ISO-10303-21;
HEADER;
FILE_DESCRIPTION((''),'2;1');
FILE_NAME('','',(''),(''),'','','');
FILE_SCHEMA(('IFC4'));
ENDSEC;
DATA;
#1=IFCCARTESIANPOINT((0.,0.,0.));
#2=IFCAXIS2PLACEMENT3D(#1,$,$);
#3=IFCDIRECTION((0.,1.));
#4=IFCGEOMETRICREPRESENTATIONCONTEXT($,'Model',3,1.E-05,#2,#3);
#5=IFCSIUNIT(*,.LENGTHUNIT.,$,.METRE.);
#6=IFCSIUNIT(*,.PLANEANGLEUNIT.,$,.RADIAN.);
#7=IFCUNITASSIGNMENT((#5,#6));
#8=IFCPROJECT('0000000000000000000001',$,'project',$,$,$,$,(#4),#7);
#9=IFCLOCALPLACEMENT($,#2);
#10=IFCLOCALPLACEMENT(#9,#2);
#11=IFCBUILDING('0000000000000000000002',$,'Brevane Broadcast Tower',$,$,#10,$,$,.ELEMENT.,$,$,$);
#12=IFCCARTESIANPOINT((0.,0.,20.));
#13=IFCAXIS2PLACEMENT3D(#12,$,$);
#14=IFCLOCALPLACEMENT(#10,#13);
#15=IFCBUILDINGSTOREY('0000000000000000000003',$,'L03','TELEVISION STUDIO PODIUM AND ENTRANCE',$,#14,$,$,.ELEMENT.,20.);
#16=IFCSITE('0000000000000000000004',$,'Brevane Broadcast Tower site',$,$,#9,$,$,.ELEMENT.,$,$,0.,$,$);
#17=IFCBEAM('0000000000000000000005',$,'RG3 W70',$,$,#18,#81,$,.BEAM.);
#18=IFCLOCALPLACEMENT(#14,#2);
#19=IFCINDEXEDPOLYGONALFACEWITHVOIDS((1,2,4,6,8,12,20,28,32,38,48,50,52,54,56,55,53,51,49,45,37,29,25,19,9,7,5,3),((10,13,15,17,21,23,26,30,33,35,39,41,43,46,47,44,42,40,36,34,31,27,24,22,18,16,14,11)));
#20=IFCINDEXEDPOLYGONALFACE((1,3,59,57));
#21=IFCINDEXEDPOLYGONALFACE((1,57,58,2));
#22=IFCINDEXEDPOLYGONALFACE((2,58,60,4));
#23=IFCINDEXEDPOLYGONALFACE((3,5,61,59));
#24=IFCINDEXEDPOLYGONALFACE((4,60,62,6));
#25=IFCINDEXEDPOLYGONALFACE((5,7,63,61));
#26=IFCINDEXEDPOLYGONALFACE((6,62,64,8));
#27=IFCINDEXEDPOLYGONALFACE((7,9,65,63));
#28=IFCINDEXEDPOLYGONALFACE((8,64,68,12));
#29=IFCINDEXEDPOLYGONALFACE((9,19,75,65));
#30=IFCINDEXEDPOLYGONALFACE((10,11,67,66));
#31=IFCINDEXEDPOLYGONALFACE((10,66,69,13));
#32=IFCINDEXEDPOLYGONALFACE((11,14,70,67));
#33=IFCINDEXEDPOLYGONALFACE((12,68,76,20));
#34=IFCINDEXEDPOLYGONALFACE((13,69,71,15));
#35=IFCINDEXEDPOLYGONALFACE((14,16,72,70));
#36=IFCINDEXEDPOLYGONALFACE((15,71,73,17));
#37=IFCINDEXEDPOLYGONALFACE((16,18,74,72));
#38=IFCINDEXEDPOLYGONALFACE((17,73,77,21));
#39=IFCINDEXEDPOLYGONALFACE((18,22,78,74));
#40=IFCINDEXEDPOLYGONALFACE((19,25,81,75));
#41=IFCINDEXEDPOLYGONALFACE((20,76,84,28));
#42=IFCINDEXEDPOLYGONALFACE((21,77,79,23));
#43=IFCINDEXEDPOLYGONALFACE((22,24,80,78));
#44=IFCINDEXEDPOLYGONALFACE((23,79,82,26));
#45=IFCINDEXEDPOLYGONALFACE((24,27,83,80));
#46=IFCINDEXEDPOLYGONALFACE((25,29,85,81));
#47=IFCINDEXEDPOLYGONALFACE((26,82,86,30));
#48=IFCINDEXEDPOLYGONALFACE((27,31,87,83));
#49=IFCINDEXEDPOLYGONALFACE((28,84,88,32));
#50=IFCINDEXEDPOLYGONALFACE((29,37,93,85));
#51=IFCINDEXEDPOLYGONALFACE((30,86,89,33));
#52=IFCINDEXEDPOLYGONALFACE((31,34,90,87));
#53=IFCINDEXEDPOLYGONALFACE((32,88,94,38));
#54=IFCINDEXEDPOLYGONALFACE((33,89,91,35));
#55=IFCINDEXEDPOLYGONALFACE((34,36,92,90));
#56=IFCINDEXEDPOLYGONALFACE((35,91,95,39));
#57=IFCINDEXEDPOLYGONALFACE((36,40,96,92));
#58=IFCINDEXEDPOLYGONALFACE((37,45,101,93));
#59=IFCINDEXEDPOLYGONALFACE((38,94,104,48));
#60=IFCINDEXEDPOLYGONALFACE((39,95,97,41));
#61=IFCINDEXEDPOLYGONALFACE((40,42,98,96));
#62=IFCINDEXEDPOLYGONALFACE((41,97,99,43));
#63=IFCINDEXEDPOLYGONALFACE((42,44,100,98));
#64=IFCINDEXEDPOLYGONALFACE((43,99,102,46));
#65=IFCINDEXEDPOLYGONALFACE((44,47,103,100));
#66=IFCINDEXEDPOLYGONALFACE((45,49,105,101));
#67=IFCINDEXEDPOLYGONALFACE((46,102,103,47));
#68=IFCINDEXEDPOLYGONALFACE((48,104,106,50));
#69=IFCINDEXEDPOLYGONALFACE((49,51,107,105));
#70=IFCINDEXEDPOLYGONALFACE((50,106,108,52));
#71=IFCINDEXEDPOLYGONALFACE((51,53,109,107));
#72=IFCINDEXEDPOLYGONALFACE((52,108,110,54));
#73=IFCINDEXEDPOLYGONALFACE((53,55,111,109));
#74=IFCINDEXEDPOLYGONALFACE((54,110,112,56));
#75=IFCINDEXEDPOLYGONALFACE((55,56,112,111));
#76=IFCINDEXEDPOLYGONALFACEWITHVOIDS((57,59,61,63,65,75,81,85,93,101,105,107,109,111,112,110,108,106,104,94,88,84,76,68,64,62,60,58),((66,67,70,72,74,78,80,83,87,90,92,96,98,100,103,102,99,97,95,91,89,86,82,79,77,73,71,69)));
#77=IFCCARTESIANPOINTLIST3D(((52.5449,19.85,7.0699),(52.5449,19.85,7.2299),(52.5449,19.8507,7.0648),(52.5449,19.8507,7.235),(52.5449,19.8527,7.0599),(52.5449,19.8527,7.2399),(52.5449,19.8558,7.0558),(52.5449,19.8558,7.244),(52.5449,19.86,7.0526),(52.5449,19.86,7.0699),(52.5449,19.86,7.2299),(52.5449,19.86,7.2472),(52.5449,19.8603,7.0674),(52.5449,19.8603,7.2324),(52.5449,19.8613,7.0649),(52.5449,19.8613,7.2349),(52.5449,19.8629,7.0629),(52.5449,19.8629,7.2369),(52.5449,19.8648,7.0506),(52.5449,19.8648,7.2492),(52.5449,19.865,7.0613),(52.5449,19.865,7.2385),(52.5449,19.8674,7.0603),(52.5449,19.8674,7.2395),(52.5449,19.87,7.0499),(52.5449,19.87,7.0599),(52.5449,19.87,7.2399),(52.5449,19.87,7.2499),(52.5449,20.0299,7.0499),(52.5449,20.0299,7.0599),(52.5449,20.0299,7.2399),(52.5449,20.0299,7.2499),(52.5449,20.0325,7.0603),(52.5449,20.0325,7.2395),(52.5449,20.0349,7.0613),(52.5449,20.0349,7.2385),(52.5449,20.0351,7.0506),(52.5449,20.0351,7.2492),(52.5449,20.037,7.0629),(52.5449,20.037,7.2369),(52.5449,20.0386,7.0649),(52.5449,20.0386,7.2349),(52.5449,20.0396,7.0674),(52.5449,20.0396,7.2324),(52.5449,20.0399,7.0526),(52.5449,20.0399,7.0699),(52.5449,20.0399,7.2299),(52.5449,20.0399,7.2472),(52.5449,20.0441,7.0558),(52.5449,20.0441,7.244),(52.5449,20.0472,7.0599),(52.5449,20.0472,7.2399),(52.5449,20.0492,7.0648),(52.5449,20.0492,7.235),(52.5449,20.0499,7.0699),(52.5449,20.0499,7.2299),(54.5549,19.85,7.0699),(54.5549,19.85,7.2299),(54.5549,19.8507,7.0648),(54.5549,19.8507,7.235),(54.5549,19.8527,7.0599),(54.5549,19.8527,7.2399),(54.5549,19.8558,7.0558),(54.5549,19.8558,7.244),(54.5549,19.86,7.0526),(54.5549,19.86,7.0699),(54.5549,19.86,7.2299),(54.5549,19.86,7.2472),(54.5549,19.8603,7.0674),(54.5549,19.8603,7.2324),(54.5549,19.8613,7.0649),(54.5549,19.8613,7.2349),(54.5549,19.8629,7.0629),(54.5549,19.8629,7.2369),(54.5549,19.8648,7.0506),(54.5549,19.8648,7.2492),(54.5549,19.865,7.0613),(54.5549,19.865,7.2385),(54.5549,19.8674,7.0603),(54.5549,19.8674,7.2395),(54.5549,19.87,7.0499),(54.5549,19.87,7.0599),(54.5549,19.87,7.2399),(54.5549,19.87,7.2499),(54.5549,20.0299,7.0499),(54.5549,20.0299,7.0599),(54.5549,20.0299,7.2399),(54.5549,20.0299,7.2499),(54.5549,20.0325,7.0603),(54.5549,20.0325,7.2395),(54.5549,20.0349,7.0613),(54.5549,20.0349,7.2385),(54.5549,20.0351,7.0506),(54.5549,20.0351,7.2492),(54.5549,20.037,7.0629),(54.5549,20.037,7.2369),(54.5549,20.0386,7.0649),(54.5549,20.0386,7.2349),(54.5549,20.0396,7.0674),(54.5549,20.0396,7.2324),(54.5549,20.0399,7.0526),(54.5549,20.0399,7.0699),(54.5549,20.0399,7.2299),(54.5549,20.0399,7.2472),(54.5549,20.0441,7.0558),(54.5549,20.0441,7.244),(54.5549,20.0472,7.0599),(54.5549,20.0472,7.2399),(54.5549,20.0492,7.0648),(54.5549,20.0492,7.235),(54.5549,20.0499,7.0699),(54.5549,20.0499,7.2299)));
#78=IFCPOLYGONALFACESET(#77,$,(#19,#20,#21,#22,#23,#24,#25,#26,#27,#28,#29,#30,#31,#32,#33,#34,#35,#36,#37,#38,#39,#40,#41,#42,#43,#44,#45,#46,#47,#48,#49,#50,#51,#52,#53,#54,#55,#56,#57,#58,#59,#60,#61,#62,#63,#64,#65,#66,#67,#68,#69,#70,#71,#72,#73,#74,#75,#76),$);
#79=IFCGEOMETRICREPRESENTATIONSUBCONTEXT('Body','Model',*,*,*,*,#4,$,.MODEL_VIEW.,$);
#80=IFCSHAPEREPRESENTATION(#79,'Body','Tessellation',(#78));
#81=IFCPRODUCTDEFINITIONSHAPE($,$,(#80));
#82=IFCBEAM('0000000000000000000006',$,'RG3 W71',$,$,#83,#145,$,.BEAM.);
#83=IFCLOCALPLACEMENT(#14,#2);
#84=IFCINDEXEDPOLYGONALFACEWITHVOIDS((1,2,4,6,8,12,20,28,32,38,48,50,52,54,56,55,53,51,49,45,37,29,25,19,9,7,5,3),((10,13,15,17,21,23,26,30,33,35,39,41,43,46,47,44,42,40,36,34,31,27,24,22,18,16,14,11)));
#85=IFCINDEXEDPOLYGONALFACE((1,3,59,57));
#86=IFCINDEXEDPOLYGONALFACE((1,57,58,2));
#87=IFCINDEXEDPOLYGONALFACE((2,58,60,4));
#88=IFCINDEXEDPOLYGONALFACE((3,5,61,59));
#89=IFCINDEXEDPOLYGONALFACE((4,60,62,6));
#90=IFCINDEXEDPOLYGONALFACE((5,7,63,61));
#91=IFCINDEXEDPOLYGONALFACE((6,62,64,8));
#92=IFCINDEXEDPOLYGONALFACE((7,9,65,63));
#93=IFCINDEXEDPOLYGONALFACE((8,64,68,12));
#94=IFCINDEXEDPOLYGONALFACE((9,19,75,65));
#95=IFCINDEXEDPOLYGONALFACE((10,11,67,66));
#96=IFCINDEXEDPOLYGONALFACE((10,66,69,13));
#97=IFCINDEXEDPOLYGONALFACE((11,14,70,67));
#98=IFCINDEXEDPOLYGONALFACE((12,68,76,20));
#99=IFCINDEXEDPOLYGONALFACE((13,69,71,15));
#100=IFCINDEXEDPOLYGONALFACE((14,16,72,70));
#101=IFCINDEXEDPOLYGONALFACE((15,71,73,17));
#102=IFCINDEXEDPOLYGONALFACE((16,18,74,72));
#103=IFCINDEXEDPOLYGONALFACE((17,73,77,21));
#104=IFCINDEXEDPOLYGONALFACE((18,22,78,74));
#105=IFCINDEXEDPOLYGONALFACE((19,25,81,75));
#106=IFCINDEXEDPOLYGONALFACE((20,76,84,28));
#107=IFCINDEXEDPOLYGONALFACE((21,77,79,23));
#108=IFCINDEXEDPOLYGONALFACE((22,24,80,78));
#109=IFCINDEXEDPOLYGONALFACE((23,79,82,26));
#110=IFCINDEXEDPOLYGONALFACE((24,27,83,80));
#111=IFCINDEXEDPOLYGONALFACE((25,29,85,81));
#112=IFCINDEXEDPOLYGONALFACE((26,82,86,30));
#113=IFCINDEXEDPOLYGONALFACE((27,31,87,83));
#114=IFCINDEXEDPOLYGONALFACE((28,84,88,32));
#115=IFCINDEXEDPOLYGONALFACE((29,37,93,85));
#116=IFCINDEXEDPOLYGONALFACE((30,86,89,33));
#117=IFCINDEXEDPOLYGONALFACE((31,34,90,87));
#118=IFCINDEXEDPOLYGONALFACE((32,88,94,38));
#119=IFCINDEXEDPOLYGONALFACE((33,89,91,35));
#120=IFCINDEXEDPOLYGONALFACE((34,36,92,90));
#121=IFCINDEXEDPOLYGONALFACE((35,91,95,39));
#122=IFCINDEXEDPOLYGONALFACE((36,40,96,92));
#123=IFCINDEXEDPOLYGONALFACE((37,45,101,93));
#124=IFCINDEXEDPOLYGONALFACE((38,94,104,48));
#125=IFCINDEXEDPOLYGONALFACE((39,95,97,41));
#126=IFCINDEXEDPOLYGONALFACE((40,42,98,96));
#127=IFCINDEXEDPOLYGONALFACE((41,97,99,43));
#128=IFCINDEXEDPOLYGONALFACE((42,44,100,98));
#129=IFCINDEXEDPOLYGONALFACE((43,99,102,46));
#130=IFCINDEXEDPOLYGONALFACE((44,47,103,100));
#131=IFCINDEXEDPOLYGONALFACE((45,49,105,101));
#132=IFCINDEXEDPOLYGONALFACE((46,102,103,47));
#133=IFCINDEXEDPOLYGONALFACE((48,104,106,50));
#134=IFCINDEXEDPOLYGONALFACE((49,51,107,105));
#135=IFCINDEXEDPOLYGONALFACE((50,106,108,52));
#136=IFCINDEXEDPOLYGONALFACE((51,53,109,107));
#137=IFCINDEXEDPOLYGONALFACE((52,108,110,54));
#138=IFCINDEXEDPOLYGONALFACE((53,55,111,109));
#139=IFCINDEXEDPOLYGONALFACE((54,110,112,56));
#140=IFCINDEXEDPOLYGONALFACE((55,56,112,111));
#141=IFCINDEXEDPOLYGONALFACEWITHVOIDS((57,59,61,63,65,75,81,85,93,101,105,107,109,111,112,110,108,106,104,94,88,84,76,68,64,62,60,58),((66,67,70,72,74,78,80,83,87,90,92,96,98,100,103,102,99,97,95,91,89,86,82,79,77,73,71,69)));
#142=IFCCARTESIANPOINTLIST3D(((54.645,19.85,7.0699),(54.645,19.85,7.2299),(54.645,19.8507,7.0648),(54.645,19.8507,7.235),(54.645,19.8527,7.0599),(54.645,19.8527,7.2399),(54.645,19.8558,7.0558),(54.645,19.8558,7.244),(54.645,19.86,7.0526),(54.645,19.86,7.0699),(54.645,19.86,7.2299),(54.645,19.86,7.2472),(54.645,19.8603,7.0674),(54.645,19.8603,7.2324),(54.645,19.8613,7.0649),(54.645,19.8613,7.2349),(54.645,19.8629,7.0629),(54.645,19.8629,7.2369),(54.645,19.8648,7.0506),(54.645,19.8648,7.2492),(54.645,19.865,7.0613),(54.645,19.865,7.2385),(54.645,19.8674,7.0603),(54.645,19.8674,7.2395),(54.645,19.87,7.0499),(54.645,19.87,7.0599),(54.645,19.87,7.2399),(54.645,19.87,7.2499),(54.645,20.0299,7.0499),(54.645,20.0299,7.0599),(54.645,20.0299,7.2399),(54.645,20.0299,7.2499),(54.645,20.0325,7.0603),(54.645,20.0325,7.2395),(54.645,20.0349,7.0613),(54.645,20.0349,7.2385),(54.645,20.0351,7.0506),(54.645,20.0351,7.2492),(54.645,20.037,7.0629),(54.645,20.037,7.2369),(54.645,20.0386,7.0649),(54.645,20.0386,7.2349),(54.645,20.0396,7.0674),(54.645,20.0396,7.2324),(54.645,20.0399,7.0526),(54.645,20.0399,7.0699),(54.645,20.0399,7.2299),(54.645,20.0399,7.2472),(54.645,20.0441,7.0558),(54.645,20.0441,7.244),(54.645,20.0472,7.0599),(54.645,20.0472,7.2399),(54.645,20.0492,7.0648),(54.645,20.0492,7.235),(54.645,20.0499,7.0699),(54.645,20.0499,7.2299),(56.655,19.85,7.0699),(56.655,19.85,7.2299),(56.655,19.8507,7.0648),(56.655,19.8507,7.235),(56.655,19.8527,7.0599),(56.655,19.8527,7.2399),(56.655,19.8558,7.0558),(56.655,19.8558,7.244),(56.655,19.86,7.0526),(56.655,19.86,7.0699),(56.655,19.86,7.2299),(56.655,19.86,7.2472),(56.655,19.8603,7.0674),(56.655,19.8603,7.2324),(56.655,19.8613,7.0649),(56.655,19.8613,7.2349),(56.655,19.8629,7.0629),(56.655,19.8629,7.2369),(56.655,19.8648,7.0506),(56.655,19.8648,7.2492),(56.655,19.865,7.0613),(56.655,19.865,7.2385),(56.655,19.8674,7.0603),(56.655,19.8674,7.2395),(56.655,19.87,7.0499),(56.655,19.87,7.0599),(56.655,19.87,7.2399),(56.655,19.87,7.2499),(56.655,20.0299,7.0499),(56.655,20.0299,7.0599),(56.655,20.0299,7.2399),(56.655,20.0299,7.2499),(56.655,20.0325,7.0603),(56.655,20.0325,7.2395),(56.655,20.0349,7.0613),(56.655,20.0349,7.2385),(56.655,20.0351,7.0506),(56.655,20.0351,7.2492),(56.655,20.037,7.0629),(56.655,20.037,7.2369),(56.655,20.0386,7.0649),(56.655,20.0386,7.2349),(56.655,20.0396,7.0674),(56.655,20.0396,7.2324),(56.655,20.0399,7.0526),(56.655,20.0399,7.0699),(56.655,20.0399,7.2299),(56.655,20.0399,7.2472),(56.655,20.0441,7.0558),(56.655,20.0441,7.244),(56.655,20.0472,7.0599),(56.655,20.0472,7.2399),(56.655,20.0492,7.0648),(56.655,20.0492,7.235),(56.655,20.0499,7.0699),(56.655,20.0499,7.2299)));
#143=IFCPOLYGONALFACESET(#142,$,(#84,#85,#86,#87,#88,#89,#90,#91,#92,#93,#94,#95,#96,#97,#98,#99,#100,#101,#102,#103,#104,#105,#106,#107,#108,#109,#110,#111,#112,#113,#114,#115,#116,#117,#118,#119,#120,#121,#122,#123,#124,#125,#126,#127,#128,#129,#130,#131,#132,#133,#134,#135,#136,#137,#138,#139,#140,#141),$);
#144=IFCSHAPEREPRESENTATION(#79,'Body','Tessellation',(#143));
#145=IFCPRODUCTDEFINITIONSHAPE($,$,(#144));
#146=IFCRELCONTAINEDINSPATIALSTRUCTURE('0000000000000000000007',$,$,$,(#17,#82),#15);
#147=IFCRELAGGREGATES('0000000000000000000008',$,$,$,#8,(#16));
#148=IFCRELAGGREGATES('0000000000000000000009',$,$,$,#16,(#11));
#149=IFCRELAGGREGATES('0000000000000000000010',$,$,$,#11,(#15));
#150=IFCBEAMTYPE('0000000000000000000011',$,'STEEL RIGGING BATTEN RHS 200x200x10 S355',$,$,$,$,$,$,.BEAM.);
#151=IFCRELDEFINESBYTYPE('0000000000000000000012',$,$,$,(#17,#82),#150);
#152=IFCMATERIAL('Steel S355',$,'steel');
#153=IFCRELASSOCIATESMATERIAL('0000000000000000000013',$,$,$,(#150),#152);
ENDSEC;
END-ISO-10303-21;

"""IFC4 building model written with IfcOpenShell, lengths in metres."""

from ifc_helpers import new_model, si_unit, direction, frame, origin, origin_2d, place, context, subcontext, project, spatial, hollow_rectangle, extrude, material, material_profile, profile_set, type_object, element, save


model = new_model("IFC4")

# Units and contexts
model_context = context("Model", 3, precision=1e-05, world=origin(), true_north=direction((0.0, 1.0)))
body_context = subcontext(model_context, "Body", "Model", "MODEL_VIEW")
ifc_project = project(units=[si_unit("LENGTHUNIT", "METRE"), si_unit("PLANEANGLEUNIT", "RADIAN")], contexts=[model_context])

# Site, building, storey
site_placement = place(None, origin())
site = spatial("IfcSite", under=ifc_project, at=site_placement, Name="Brevane Broadcast Tower site", CompositionType="ELEMENT", RefElevation=0.0)
building_placement = place(site_placement, origin())
building = spatial("IfcBuilding", under=site, at=building_placement, Name="Brevane Broadcast Tower", CompositionType="ELEMENT")
storey_placement = place(building_placement, frame((0.0, 0.0, 20.0)))
storey = spatial("IfcBuildingStorey", under=building, at=storey_placement, Name="L03", Description="TELEVISION STUDIO PODIUM AND ENTRANCE", CompositionType="ELEMENT", Elevation=20.0)

# Beams
ifc_material_1 = material(Name="Steel S355", Category="steel")
ifc_material_profile_1 = material_profile(ifc_material_1, hollow_rectangle(XDim=0.2, YDim=0.2, WallThickness=0.01, InnerFilletRadius=0.01, OuterFilletRadius=0.02, at=origin_2d()), Name="RHS 200x200x10")
ifc_profile_set_1 = profile_set([ifc_material_profile_1], Name="Steel S355")
beam_type_1 = type_object("IfcBeamType", Name="STEEL RIGGING BATTEN RHS 200x200x10 S355", PredefinedType="BEAM", material=ifc_profile_set_1)
for number, where, z_axis, x_axis, name in (
    (1, (52.5449, 19.95, 7.1499), (1.0, 0.0, 0.0), (0.0, 1.0, 0.0), "RG3 W70"),
    (2, (54.645, 19.95, 7.1499), (1.0, 0.0, 0.0), (0.0, 1.0, 0.0), "RG3 W71"),
):
    element("IfcBeam", number, at=place(storey_placement, frame(where, z_axis=z_axis, x_axis=x_axis)), inside=storey, type_object=beam_type_1, Name=name, PredefinedType="BEAM", context=body_context, shape_type="SweptSolid", body=[
        extrude(hollow_rectangle(XDim=0.2, YDim=0.2, WallThickness=0.01, InnerFilletRadius=0.01, OuterFilletRadius=0.02, at=origin_2d()), origin(), (0.0, 0.0, 1.0), 2.01),
    ])

save(model, "model.ifc")
